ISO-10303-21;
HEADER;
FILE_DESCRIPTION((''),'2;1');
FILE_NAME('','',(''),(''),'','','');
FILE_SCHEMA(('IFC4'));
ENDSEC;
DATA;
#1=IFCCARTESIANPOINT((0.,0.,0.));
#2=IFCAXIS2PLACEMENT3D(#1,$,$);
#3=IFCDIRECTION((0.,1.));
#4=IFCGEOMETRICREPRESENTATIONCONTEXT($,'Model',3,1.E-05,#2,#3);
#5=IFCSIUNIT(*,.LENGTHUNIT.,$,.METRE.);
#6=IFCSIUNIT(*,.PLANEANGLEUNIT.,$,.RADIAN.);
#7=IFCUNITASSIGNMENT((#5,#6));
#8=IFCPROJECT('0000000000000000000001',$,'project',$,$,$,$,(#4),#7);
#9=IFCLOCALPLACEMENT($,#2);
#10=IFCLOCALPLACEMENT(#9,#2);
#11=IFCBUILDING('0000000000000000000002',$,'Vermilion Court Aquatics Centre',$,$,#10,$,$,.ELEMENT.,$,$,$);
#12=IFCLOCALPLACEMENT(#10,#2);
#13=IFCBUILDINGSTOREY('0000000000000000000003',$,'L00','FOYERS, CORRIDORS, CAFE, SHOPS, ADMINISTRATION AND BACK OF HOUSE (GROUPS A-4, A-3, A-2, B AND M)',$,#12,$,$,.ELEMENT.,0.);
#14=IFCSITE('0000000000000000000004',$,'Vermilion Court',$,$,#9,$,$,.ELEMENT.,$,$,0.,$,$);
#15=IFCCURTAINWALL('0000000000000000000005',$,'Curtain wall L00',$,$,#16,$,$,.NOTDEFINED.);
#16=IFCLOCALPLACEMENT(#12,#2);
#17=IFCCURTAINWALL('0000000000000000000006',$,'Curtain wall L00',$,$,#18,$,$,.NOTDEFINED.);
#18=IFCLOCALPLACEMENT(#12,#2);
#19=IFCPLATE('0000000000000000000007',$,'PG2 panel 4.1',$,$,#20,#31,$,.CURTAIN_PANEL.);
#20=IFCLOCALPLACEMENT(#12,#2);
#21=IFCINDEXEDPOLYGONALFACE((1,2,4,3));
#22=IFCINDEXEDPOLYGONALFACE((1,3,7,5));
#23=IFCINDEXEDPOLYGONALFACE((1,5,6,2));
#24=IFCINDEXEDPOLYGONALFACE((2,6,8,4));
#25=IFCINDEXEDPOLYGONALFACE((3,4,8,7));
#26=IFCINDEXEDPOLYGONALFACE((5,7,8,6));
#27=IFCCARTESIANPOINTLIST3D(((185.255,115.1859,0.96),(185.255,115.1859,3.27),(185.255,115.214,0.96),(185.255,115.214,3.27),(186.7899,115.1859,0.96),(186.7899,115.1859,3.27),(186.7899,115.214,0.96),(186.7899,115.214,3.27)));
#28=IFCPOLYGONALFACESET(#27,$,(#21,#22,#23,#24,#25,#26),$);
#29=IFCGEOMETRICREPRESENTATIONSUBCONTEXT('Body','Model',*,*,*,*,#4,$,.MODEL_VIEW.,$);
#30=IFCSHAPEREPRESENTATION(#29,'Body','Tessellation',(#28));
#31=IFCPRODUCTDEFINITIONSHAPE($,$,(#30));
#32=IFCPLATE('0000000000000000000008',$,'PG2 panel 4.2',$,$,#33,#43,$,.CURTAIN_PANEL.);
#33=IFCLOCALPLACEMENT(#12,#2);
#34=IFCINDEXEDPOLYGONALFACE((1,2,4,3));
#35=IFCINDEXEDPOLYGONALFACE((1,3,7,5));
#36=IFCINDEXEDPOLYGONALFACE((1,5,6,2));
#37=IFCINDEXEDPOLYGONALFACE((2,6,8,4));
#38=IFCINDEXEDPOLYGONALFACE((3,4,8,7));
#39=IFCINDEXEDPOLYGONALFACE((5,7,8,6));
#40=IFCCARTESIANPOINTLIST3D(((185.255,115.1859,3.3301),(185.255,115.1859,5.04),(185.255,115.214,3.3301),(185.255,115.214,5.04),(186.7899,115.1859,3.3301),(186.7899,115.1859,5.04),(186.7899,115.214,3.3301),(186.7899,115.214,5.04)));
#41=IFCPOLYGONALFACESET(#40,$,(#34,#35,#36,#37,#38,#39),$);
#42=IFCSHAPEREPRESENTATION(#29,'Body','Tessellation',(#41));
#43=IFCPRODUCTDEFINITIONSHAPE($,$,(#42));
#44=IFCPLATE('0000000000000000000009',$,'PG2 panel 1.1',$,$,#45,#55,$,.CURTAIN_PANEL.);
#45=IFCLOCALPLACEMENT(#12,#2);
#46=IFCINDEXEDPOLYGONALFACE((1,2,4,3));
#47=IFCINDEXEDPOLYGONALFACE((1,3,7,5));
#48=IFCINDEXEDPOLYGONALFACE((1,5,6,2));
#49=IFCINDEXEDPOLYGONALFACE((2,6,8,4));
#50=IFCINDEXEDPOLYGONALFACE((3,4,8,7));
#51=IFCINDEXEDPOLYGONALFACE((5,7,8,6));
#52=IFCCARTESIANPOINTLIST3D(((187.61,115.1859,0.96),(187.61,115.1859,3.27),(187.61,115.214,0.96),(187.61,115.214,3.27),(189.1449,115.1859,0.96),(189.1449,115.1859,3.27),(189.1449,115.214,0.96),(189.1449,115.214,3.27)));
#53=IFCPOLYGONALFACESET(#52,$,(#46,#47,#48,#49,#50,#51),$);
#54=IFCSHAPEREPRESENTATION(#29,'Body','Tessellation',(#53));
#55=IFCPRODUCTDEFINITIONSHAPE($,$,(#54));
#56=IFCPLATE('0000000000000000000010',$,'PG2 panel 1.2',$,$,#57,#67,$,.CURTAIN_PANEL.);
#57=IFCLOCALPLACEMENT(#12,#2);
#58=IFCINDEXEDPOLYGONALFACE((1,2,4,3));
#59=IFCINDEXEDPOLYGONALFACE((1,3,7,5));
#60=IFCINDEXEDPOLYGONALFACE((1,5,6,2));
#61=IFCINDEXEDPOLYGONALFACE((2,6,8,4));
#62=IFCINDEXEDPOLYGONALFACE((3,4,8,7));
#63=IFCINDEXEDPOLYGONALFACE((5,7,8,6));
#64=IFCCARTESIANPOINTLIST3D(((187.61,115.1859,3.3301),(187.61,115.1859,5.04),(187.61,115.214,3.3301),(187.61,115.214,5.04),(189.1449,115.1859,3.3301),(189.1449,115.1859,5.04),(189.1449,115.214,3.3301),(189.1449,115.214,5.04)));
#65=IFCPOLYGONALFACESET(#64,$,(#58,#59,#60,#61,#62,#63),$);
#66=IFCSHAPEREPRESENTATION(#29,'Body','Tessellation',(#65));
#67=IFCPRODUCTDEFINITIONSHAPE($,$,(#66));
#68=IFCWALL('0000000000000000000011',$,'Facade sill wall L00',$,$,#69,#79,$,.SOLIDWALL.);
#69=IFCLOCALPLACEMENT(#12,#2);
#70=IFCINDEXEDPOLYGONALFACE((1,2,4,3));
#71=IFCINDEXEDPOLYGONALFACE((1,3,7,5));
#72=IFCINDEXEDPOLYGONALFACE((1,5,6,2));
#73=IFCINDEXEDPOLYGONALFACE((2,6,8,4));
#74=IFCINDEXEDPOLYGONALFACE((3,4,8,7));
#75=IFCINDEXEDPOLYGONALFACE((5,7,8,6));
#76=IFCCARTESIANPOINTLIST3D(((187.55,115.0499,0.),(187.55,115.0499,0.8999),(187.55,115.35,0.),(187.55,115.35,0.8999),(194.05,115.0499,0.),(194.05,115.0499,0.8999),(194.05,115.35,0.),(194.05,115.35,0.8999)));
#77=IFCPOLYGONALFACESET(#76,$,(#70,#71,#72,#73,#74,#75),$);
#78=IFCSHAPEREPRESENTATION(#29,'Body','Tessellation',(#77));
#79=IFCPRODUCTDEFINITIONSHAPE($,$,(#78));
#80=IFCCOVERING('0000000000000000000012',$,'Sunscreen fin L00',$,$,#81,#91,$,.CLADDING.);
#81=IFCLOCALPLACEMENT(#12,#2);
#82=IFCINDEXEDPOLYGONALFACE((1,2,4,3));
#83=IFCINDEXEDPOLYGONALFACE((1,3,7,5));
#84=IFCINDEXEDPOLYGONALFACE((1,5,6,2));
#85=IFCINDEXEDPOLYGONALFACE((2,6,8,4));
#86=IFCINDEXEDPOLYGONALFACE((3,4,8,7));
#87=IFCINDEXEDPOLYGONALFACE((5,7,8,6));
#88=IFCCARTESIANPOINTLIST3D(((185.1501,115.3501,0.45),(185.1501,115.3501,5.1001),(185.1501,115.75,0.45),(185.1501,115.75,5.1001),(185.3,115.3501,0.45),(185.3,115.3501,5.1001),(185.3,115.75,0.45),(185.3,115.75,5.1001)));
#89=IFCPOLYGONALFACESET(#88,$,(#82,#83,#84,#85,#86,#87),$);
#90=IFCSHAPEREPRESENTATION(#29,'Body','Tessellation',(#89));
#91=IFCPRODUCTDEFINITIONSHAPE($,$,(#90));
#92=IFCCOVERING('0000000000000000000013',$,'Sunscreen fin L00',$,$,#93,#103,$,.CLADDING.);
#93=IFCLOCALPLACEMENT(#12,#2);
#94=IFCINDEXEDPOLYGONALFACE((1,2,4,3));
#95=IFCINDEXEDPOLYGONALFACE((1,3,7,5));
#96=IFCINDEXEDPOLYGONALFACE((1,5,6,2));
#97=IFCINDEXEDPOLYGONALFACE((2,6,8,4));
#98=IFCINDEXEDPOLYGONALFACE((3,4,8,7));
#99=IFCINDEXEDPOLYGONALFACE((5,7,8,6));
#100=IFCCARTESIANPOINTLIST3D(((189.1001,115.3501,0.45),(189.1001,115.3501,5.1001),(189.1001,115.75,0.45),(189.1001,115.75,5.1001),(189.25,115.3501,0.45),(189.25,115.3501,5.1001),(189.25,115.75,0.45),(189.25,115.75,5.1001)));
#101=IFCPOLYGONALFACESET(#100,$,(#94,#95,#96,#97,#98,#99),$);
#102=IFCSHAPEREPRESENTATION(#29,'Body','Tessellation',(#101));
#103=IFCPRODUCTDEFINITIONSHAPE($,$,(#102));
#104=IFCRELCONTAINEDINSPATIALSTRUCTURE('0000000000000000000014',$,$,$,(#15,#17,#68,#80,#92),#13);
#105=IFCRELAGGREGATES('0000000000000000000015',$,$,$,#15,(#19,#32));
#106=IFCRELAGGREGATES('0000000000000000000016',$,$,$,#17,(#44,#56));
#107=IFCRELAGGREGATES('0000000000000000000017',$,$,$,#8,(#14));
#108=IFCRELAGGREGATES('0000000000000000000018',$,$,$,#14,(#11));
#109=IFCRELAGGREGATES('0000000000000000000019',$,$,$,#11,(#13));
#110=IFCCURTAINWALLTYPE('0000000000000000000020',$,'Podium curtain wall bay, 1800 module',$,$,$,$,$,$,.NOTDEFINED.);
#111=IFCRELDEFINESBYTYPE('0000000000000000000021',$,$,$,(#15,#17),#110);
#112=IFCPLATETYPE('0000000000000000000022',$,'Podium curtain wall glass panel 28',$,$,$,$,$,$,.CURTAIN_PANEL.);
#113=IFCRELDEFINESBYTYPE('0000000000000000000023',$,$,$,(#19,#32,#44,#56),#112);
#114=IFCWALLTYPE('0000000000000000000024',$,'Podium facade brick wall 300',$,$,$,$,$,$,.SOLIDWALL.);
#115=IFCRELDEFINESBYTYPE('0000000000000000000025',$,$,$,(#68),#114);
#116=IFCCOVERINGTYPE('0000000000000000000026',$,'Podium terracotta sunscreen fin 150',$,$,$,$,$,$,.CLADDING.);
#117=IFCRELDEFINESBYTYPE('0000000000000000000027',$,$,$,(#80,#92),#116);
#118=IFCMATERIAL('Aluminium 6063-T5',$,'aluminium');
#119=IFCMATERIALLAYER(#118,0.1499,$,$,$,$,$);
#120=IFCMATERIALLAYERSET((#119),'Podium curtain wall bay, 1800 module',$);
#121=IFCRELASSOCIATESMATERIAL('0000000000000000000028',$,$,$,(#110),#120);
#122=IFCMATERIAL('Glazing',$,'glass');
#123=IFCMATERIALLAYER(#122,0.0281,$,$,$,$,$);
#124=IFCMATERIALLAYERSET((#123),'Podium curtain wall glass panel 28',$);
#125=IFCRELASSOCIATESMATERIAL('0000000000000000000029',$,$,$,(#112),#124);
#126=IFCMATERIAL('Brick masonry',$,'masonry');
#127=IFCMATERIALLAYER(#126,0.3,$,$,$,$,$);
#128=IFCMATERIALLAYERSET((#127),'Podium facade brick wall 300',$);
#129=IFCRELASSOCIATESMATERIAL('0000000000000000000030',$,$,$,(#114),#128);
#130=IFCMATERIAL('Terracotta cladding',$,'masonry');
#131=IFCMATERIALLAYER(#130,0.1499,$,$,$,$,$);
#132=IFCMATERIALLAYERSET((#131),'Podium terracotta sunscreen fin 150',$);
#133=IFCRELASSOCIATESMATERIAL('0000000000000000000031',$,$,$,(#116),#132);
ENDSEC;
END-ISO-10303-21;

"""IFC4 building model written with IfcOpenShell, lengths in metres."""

from ifc_helpers import new_model, si_unit, direction, frame, frame_2d, origin, origin_2d, place, context, subcontext, project, spatial, rectangle, extrude, material, layer, layer_set, type_object, element, aggregate, save


model = new_model("IFC4")

# Units and contexts
model_context = context("Model", 3, precision=1e-05, world=origin(), true_north=direction((0.0, 1.0)))
body_context = subcontext(model_context, "Body", "Model", "MODEL_VIEW")
ifc_project = project(units=[si_unit("LENGTHUNIT", "METRE"), si_unit("PLANEANGLEUNIT", "RADIAN")], contexts=[model_context])

# Site, building, storey
site_placement = place(None, origin())
site = spatial("IfcSite", under=ifc_project, at=site_placement, Name="Vermilion Court", CompositionType="ELEMENT", RefElevation=0.0)
building_placement = place(site_placement, origin())
building = spatial("IfcBuilding", under=site, at=building_placement, Name="Vermilion Court Aquatics Centre", CompositionType="ELEMENT")
storey_placement = place(building_placement, origin())
storey = spatial("IfcBuildingStorey", under=building, at=storey_placement, Name="L00", Description="FOYERS, CORRIDORS, CAFE, SHOPS, ADMINISTRATION AND BACK OF HOUSE (GROUPS A-4, A-3, A-2, B AND M)", CompositionType="ELEMENT", Elevation=0.0)

# Curtain walls
ifc_material_1 = material(Name="Aluminium 6063-T5", Category="aluminium")
ifc_layer_1 = layer(ifc_material_1, 0.1499)
ifc_layer_set_1 = layer_set([ifc_layer_1], Name="Podium curtain wall bay, 1800 module")
curtain_wall_type = type_object("IfcCurtainWallType", Name="Podium curtain wall bay, 1800 module", PredefinedType="NOTDEFINED", material=ifc_layer_set_1)
curtain_wall_1_placement = place(storey_placement, origin())
curtain_wall_1 = element("IfcCurtainWall", 1, at=curtain_wall_1_placement, inside=storey, type_object=curtain_wall_type, Name="Curtain wall L00", PredefinedType="NOTDEFINED")
curtain_wall_2_placement = place(storey_placement, origin())
curtain_wall_2 = element("IfcCurtainWall", 2, at=curtain_wall_2_placement, inside=storey, type_object=curtain_wall_type, Name="Curtain wall L00", PredefinedType="NOTDEFINED")

# Plates
ifc_material_2 = material(Name="Glazing", Category="glass")
ifc_layer_2 = layer(ifc_material_2, 0.0281)
ifc_layer_set_2 = layer_set([ifc_layer_2], Name="Podium curtain wall glass panel 28")
plate_type = type_object("IfcPlateType", Name="Podium curtain wall glass panel 28", PredefinedType="CURTAIN_PANEL", material=ifc_layer_set_2)
plate_1_placement = place(storey_placement, frame((186.0225, 115.2, 0.96), z_axis=(0.0, 0.0, 1.0), x_axis=(1.0, 0.0, 0.0)))
plate_1 = element("IfcPlate", 3, at=plate_1_placement, type_object=plate_type, Name="PG2 panel 4.1", PredefinedType="CURTAIN_PANEL", context=body_context, shape_type="SweptSolid", body=[
    extrude(rectangle(XDim=1.5349, YDim=0.0281, at=origin_2d()), origin(), (0.0, 0.0, 1.0), 2.3101),
])
plate_2_placement = place(storey_placement, frame((186.0225, 115.2, 3.3301), z_axis=(0.0, 0.0, 1.0), x_axis=(1.0, 0.0, 0.0)))
plate_2 = element("IfcPlate", 4, at=plate_2_placement, type_object=plate_type, Name="PG2 panel 4.2", PredefinedType="CURTAIN_PANEL", context=body_context, shape_type="SweptSolid", body=[
    extrude(rectangle(XDim=1.5349, YDim=0.0281, at=origin_2d()), origin(), (0.0, 0.0, 1.0), 1.71),
])
aggregate(curtain_wall_1, [plate_1, plate_2])
plate_3_placement = place(storey_placement, frame((188.3774, 115.2, 0.96), z_axis=(0.0, 0.0, 1.0), x_axis=(1.0, 0.0, 0.0)))
plate_3 = element("IfcPlate", 5, at=plate_3_placement, type_object=plate_type, Name="PG2 panel 1.1", PredefinedType="CURTAIN_PANEL", context=body_context, shape_type="SweptSolid", body=[
    extrude(rectangle(XDim=1.5349, YDim=0.0281, at=origin_2d()), origin(), (0.0, 0.0, 1.0), 2.3101),
])
plate_4_placement = place(storey_placement, frame((188.3774, 115.2, 3.3301), z_axis=(0.0, 0.0, 1.0), x_axis=(1.0, 0.0, 0.0)))
plate_4 = element("IfcPlate", 6, at=plate_4_placement, type_object=plate_type, Name="PG2 panel 1.2", PredefinedType="CURTAIN_PANEL", context=body_context, shape_type="SweptSolid", body=[
    extrude(rectangle(XDim=1.5349, YDim=0.0281, at=origin_2d()), origin(), (0.0, 0.0, 1.0), 1.71),
])
aggregate(curtain_wall_2, [plate_3, plate_4])

# Wall
ifc_material_3 = material(Name="Brick masonry", Category="masonry")
ifc_layer_3 = layer(ifc_material_3, 0.3)
ifc_layer_set_3 = layer_set([ifc_layer_3], Name="Podium facade brick wall 300")
wall_type = type_object("IfcWallType", Name="Podium facade brick wall 300", PredefinedType="SOLIDWALL", material=ifc_layer_set_3)
wall_placement = place(storey_placement, frame((187.55, 115.2, 0.0), z_axis=(0.0, 0.0, 1.0), x_axis=(1.0, 0.0, 0.0)))
element("IfcWall", 7, at=wall_placement, inside=storey, type_object=wall_type, Name="Facade sill wall L00", PredefinedType="SOLIDWALL", context=body_context, shape_type="SweptSolid", body=[
    extrude(rectangle(XDim=6.5, YDim=0.3, at=frame_2d((3.25, 0.0))), origin(), (0.0, 0.0, 1.0), 0.8999),
])

# Coverings
ifc_material_4 = material(Name="Terracotta cladding", Category="masonry")
ifc_layer_4 = layer(ifc_material_4, 0.1499)
ifc_layer_set_4 = layer_set([ifc_layer_4], Name="Podium terracotta sunscreen fin 150")
covering_type = type_object("IfcCoveringType", Name="Podium terracotta sunscreen fin 150", PredefinedType="CLADDING", material=ifc_layer_set_4)
for number, where, z_axis, x_axis, name in (
    (8, (185.2251, 115.3501, 0.45), (0.0, 0.0, 1.0), (0.0, 1.0, 0.0), "Sunscreen fin L00"),
    (9, (189.175, 115.3501, 0.45), (0.0, 0.0, 1.0), (0.0, 1.0, 0.0), "Sunscreen fin L00"),
):
    element("IfcCovering", number, at=place(storey_placement, frame(where, z_axis=z_axis, x_axis=x_axis)), inside=storey, type_object=covering_type, Name=name, PredefinedType="CLADDING", context=body_context, shape_type="SweptSolid", body=[
        extrude(rectangle(XDim=0.3999, YDim=0.1499, at=frame_2d((0.2, 0.0))), origin(), (0.0, 0.0, 1.0), 4.6501),
    ])

save(model, "model.ifc")
